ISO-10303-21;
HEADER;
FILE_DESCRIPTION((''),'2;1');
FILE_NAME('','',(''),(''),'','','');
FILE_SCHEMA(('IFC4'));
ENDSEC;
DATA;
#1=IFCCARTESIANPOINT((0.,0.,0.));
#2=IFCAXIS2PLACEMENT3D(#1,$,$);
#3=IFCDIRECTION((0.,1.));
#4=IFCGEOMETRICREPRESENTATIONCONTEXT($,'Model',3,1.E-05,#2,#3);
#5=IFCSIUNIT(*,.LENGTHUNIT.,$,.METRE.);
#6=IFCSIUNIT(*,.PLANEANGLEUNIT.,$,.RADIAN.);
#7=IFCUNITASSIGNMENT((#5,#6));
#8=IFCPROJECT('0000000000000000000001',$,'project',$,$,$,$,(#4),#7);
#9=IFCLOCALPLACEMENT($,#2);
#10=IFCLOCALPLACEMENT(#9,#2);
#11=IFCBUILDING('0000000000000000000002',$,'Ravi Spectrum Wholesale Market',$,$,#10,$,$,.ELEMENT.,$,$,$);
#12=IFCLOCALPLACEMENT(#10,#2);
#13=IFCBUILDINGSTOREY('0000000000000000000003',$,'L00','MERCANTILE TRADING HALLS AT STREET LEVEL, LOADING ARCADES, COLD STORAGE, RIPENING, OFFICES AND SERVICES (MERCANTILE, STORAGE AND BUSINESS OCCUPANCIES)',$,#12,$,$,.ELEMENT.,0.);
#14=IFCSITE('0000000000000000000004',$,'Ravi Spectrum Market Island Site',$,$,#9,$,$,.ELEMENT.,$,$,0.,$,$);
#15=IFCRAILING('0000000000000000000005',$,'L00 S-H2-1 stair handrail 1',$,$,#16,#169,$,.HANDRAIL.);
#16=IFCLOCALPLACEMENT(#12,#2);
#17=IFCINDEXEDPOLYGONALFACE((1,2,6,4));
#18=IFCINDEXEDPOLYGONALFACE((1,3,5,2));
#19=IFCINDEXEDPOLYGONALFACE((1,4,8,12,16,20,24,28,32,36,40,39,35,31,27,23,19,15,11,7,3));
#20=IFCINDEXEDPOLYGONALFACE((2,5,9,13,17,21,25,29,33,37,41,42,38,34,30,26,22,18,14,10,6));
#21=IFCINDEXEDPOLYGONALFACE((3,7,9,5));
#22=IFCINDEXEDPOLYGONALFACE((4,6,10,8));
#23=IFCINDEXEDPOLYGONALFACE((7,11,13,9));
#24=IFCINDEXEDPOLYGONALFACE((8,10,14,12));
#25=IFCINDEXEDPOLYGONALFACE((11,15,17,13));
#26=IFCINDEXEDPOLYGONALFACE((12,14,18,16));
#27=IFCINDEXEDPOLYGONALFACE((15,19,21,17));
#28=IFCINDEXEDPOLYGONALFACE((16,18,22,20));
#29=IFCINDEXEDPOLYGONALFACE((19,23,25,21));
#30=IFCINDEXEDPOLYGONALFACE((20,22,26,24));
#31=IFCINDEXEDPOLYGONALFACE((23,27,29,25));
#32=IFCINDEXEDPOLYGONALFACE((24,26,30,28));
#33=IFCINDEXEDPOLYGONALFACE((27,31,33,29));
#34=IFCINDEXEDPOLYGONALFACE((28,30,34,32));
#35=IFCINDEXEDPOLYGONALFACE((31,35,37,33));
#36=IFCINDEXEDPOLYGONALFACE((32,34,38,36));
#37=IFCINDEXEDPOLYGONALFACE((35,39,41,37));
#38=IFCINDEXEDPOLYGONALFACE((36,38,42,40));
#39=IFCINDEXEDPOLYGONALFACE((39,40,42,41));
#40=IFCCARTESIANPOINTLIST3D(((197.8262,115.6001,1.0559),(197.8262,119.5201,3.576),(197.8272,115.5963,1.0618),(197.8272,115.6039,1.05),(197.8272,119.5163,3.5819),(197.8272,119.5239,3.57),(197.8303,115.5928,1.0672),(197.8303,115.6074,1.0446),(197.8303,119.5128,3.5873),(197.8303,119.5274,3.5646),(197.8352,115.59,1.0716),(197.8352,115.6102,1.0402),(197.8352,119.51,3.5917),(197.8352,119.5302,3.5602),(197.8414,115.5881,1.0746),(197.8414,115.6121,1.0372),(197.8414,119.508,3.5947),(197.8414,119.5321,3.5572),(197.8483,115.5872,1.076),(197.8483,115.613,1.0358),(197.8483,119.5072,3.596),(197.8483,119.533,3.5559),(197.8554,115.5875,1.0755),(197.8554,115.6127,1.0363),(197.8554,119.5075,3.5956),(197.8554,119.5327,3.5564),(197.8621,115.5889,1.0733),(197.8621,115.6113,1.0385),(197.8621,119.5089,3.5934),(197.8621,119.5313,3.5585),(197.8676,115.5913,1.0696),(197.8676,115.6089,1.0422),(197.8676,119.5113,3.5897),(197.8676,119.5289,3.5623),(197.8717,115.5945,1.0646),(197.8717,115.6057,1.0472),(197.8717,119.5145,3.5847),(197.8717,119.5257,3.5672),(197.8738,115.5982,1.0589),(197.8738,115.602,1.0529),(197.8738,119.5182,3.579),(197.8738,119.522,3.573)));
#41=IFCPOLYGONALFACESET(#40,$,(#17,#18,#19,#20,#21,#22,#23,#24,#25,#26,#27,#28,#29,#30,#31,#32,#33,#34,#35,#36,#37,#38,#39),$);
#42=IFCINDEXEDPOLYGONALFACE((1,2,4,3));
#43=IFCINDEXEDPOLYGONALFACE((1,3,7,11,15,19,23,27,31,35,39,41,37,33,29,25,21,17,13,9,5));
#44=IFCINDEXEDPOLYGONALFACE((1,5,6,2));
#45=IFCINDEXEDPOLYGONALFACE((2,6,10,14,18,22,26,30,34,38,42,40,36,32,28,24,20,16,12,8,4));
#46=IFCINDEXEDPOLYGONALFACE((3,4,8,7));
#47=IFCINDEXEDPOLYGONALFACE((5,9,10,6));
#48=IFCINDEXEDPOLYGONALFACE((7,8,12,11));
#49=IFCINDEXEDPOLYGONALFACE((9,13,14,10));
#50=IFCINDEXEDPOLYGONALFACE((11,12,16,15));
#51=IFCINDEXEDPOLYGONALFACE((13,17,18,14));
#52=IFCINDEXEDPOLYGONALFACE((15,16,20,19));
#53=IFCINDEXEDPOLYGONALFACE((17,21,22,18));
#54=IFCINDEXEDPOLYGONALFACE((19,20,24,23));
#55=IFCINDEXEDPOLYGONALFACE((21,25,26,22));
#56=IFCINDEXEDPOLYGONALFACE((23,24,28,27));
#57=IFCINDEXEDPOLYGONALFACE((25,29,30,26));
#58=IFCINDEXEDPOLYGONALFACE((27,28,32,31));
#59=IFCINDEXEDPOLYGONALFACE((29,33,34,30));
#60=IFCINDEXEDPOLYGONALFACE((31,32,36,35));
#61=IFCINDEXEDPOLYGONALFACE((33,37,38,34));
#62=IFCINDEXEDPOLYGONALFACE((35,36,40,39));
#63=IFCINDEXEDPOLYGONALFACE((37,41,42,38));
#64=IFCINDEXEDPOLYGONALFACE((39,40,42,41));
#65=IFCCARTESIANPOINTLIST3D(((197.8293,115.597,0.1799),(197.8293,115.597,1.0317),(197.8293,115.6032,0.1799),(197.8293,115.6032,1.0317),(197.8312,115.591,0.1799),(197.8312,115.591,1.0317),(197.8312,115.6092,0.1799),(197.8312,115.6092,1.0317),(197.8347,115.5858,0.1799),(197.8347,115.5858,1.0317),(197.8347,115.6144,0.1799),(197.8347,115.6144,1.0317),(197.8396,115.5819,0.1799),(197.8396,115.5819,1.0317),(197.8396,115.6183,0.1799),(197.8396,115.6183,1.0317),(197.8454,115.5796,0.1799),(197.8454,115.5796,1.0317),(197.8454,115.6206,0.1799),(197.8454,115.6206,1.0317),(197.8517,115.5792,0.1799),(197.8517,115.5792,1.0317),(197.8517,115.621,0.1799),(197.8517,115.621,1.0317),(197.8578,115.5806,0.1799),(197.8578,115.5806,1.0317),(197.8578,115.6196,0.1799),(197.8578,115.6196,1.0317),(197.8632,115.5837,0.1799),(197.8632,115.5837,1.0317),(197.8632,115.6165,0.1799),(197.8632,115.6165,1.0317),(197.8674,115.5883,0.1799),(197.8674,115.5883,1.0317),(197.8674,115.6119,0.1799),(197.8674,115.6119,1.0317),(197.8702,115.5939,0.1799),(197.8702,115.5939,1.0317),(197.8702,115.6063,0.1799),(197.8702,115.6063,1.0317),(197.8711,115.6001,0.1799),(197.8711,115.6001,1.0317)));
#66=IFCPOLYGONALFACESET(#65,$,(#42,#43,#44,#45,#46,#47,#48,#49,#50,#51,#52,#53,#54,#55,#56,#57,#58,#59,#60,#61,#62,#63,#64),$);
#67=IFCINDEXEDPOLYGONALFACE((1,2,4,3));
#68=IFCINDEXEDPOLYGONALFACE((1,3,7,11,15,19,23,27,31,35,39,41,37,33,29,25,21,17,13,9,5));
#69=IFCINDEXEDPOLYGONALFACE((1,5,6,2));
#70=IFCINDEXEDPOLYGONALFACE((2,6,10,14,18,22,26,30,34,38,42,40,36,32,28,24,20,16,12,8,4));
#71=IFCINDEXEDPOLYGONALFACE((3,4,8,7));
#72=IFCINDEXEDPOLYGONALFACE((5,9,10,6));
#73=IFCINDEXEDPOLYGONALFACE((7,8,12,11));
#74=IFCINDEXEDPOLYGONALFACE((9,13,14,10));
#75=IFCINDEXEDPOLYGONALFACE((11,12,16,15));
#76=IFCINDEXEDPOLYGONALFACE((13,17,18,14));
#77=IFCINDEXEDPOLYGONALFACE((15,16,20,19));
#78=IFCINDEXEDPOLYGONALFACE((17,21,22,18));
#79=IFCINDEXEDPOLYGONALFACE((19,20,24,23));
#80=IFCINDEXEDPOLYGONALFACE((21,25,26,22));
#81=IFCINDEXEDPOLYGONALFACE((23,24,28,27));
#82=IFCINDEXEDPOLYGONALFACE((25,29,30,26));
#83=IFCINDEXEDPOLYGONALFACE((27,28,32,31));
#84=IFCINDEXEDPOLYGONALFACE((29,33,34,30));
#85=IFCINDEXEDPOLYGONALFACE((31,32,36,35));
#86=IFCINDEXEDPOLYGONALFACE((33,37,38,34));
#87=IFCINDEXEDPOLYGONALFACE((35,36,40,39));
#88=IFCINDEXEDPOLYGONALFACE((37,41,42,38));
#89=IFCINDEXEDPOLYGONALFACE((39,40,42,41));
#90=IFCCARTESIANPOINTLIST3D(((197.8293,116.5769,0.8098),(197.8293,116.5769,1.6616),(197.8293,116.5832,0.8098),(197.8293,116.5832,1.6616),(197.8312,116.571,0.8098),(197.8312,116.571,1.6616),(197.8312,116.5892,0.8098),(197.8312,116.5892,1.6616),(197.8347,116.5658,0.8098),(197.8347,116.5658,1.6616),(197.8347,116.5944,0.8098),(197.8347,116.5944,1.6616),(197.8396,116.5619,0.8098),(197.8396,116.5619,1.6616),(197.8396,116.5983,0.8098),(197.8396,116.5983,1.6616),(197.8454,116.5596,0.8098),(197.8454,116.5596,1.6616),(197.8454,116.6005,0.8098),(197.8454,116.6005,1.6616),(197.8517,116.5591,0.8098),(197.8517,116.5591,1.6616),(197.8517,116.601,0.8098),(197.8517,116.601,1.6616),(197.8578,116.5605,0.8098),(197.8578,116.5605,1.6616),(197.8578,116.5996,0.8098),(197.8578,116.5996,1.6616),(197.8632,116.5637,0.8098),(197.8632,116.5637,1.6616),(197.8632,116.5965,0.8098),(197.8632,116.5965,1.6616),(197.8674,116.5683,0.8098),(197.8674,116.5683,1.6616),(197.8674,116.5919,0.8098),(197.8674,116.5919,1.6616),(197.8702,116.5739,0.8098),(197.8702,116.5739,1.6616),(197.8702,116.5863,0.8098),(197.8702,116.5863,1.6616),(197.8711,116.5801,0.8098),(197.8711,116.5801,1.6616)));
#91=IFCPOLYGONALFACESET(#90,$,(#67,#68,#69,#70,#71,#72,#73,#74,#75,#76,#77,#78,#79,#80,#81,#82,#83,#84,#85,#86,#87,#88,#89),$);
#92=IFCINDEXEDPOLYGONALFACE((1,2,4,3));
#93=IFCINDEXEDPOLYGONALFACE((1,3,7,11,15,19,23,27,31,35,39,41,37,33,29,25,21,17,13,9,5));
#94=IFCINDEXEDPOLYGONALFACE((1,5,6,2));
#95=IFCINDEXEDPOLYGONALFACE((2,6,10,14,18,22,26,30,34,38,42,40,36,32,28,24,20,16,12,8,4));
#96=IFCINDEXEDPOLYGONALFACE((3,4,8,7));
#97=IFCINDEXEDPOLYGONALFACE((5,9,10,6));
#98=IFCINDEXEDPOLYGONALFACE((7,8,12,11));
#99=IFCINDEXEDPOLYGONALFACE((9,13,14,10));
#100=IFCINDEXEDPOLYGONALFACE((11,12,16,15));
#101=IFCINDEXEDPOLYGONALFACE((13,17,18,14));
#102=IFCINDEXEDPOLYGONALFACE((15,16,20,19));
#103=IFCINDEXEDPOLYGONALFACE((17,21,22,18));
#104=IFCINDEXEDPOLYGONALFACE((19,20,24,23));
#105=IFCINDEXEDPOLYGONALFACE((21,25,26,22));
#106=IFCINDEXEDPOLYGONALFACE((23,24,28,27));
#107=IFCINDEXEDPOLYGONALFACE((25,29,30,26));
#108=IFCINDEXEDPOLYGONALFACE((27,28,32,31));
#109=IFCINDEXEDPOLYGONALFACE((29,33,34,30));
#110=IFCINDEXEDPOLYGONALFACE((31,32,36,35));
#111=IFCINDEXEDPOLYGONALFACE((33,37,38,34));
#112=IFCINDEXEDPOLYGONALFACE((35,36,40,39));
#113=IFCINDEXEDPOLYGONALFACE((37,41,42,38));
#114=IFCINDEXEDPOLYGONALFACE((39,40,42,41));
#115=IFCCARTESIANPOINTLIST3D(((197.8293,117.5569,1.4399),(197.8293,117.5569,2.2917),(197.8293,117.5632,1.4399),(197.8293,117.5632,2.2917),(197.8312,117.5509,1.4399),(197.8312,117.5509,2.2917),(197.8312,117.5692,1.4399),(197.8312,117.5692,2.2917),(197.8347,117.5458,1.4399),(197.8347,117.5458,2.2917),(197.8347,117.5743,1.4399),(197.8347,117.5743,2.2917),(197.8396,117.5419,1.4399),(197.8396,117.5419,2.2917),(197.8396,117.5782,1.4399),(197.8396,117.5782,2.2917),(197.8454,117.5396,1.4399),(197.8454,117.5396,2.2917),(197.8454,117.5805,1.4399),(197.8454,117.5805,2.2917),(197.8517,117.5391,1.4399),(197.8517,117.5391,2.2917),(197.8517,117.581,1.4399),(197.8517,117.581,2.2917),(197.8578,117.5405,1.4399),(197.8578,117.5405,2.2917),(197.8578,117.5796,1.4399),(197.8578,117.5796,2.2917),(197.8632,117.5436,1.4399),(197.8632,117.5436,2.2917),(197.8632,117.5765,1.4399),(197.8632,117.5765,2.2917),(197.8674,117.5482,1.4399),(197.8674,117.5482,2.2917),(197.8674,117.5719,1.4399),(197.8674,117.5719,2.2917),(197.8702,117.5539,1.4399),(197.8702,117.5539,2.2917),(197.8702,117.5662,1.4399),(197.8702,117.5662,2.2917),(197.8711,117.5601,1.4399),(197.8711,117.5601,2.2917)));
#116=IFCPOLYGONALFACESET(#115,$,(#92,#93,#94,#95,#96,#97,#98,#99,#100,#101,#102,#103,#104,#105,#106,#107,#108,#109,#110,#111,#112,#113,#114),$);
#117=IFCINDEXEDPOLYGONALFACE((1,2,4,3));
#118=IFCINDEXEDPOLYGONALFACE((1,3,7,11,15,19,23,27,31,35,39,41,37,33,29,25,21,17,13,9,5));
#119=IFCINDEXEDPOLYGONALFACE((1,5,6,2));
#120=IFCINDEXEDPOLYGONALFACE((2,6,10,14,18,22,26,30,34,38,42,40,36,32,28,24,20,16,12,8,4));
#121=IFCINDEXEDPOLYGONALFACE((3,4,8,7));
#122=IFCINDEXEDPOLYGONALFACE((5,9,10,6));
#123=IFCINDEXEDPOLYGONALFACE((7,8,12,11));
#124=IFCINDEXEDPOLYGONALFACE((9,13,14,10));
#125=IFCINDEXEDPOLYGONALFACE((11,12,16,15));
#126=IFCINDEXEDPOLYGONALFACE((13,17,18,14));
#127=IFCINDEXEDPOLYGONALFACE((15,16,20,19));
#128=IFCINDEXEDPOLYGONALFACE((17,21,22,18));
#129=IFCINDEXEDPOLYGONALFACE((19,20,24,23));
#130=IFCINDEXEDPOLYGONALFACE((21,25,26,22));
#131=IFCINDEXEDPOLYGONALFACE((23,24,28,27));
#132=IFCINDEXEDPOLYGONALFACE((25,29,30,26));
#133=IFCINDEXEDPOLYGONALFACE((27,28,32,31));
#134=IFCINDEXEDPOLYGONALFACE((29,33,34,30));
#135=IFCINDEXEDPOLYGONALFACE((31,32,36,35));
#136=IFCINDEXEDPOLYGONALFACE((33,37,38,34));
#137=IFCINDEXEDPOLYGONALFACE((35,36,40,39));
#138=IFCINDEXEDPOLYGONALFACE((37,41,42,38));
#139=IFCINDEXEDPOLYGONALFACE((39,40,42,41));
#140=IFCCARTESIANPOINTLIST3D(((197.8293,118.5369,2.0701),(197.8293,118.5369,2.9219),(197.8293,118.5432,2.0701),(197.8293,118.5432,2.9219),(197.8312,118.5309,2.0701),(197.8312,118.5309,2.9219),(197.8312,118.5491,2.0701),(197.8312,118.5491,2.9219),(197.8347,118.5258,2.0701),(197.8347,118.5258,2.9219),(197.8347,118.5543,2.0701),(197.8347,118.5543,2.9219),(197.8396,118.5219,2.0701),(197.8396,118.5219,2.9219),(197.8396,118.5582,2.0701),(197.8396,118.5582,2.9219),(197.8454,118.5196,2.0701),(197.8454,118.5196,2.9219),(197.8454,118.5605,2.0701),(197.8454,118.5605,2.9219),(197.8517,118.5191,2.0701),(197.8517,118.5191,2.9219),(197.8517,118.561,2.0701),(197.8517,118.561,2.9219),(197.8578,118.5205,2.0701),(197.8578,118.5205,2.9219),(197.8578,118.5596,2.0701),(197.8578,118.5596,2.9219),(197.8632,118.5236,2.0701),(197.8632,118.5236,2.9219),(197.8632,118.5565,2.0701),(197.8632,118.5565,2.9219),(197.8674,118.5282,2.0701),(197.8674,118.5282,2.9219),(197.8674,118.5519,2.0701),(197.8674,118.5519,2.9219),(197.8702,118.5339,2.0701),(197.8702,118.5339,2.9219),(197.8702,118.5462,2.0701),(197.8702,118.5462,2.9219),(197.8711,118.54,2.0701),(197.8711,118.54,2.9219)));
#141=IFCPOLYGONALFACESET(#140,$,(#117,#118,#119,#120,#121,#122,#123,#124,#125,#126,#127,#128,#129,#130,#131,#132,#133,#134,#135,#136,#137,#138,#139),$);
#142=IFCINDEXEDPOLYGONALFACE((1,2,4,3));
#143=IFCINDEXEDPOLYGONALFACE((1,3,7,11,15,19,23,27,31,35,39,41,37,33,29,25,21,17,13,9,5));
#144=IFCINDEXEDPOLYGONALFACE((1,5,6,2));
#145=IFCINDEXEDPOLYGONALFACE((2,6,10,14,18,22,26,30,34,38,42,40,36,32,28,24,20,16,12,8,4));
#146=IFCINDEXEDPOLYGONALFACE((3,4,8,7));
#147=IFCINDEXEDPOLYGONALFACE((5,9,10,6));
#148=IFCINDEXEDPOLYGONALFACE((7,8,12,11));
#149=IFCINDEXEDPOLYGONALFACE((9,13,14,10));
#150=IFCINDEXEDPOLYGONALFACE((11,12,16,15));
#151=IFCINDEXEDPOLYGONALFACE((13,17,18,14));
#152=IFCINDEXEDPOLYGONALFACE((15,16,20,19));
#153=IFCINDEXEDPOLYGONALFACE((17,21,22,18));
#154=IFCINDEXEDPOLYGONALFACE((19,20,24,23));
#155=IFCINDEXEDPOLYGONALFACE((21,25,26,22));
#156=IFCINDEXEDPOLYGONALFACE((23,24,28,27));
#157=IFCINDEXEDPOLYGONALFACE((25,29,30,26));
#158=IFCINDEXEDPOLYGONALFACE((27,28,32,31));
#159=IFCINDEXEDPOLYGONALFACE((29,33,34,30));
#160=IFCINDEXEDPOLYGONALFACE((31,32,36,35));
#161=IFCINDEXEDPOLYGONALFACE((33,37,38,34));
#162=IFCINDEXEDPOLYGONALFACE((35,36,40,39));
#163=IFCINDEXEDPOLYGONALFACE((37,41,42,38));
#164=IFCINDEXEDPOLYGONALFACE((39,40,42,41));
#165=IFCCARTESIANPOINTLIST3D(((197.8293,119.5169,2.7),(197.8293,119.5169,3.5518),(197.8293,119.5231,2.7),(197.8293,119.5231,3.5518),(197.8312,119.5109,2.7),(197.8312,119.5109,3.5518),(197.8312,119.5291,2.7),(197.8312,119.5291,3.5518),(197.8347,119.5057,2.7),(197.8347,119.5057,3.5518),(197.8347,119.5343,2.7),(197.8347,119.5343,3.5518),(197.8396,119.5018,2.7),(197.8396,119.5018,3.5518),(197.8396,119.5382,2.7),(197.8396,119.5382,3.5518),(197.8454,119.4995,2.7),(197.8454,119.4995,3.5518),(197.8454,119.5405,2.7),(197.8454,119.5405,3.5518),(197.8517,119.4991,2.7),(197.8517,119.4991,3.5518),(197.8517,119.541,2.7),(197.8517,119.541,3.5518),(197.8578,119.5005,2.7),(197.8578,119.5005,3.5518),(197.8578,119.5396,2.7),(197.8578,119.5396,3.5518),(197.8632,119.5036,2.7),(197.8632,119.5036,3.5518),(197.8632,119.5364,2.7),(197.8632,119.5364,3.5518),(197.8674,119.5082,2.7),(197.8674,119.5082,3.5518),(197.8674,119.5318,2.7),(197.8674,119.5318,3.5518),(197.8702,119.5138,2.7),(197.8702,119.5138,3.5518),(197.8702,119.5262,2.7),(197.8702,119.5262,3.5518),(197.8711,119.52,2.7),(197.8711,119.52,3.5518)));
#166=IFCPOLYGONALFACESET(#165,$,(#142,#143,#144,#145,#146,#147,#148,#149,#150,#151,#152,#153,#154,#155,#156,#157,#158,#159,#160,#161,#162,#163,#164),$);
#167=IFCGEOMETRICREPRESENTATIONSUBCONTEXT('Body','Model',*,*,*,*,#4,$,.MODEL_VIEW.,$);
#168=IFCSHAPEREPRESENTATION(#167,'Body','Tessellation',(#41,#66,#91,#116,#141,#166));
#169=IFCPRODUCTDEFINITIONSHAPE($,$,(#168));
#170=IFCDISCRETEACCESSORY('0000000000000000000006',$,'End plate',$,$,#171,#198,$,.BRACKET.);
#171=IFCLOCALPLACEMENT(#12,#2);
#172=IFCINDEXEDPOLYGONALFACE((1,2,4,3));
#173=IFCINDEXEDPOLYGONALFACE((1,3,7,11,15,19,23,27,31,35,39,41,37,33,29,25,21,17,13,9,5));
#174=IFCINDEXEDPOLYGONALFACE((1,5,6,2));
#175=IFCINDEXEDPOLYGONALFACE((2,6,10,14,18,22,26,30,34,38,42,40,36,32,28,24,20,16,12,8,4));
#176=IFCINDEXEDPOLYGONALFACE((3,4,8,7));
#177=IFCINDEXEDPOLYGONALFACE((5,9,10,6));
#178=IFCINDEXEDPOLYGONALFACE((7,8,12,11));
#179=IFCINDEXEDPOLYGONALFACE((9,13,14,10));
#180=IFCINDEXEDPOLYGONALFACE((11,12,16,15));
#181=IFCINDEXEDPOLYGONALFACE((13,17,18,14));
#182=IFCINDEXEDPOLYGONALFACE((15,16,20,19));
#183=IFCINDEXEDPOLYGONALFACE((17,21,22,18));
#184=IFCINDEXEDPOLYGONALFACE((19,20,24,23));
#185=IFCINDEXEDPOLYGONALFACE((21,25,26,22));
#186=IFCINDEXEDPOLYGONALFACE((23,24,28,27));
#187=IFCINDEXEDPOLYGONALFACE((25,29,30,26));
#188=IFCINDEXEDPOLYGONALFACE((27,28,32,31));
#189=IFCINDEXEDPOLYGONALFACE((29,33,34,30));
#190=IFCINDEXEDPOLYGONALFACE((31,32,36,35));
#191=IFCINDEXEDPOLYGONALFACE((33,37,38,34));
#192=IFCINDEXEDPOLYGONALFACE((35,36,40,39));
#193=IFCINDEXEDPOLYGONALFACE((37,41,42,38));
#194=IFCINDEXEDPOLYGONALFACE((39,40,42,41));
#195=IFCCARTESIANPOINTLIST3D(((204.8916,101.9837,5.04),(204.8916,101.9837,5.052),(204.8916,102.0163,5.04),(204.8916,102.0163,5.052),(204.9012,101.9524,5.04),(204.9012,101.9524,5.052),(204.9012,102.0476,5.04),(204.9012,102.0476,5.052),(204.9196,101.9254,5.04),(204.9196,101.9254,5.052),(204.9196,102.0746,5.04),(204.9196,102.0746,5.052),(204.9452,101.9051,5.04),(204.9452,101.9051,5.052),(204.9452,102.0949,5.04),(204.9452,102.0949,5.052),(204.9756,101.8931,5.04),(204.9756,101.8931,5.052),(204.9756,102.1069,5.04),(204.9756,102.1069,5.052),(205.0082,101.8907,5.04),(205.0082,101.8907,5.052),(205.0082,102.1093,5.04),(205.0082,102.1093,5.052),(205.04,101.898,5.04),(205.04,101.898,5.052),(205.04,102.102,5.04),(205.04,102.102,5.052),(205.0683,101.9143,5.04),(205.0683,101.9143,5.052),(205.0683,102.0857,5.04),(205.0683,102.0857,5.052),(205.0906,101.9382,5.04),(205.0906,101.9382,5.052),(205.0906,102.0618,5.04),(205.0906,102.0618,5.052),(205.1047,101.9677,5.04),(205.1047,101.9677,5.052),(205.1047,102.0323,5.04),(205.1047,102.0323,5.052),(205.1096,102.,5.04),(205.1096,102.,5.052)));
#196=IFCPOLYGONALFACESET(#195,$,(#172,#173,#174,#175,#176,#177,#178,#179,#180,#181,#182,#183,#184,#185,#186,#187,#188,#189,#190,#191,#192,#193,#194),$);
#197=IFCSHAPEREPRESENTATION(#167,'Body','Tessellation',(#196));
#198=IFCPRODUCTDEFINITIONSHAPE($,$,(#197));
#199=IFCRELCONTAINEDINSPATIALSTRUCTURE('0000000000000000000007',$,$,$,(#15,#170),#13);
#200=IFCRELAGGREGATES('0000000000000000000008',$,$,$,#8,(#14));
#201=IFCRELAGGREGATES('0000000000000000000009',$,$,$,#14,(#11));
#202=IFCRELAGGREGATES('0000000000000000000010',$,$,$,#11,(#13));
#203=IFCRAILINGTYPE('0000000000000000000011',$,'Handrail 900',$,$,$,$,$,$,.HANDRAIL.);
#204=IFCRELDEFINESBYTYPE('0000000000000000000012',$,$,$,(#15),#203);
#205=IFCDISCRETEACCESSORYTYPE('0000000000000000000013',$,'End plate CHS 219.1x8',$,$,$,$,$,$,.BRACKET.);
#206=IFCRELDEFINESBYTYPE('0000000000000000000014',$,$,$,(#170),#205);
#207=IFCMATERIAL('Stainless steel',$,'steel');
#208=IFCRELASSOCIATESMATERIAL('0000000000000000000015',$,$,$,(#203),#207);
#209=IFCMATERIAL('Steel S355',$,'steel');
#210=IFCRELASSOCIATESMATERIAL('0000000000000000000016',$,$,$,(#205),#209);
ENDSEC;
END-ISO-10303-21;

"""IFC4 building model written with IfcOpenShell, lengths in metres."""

from ifc_helpers import new_model, si_unit, direction, frame, origin, origin_2d, place, context, subcontext, project, spatial, circle, extrude, material, material_profile, profile_set, type_object, element, save


model = new_model("IFC4")

# Units and contexts
model_context = context("Model", 3, precision=1e-05, world=origin(), true_north=direction((0.0, 1.0)))
body_context = subcontext(model_context, "Body", "Model", "MODEL_VIEW")
ifc_project = project(units=[si_unit("LENGTHUNIT", "METRE"), si_unit("PLANEANGLEUNIT", "RADIAN")], contexts=[model_context])

# Site, building, storey
site_placement = place(None, origin())
site = spatial("IfcSite", under=ifc_project, at=site_placement, Name="Ravi Spectrum Market Island Site", CompositionType="ELEMENT", RefElevation=0.0)
building_placement = place(site_placement, origin())
building = spatial("IfcBuilding", under=site, at=building_placement, Name="Ravi Spectrum Wholesale Market", CompositionType="ELEMENT")
storey_placement = place(building_placement, origin())
storey = spatial("IfcBuildingStorey", under=building, at=storey_placement, Name="L00", Description="MERCANTILE TRADING HALLS AT STREET LEVEL, LOADING ARCADES, COLD STORAGE, RIPENING, OFFICES AND SERVICES (MERCANTILE, STORAGE AND BUSINESS OCCUPANCIES)", CompositionType="ELEMENT", Elevation=0.0)

# Railing
ifc_material_1 = material(Name="Stainless steel", Category="steel")
railing_type_1 = type_object("IfcRailingType", Name="Handrail 900", PredefinedType="HANDRAIL", material=ifc_material_1)
railing_1_placement = place(storey_placement, frame((197.8501, 115.6001, 0.1799)))
element("IfcRailing", 1, at=railing_1_placement, inside=storey, type_object=railing_type_1, Name="L00 S-H2-1 stair handrail 1", PredefinedType="HANDRAIL", context=body_context, shape_type="SweptSolid", body=[
    extrude(circle(Radius=0.0239, at=origin_2d()), frame((0.0, 0.0, 0.876), z_axis=(0.0, 0.841172, 0.540768), x_axis=(-1.0, 0.0, 0.0)), (0.0, 0.0, 1.0), 4.6602),
    extrude(circle(Radius=0.021, at=origin_2d()), origin(), (0.0, 0.0, 1.0), 0.8518),
    extrude(circle(Radius=0.021, at=origin_2d()), frame((0.0, 0.98, 0.6299)), (0.0, 0.0, 1.0), 0.8518),
    extrude(circle(Radius=0.021, at=origin_2d()), frame((0.0, 1.96, 1.26)), (0.0, 0.0, 1.0), 0.8518),
    extrude(circle(Radius=0.021, at=origin_2d()), frame((0.0, 2.9399, 1.8901)), (0.0, 0.0, 1.0), 0.8518),
    extrude(circle(Radius=0.021, at=origin_2d()), frame((0.0, 3.9199, 2.52)), (0.0, 0.0, 1.0), 0.8518),
])

# Discrete accessory
ifc_material_2 = material(Name="Steel S355", Category="steel")
ifc_material_profile_1 = material_profile(ifc_material_2, circle(Radius=0.1096, at=origin_2d()))
ifc_profile_set_1 = profile_set([ifc_material_profile_1], Name="Steel S355")
discrete_accessory_type_1 = type_object("IfcDiscreteAccessoryType", Name="End plate CHS 219.1x8", PredefinedType="BRACKET", material=ifc_profile_set_1)
for number, where, z_axis, x_axis, name in (
    (2, (205.0, 102.0, 5.04), (0.0, 0.0, 1.0), (1.0, 0.0, 0.0), "End plate"),
):
    element("IfcDiscreteAccessory", number, at=place(storey_placement, frame(where, z_axis=z_axis, x_axis=x_axis)), inside=storey, type_object=discrete_accessory_type_1, Name=name, PredefinedType="BRACKET", context=body_context, shape_type="SweptSolid", body=[
        extrude(circle(Radius=0.1096, at=origin_2d()), origin(), (0.0, 0.0, 1.0), 0.012),
    ])

save(model, "model.ifc")
